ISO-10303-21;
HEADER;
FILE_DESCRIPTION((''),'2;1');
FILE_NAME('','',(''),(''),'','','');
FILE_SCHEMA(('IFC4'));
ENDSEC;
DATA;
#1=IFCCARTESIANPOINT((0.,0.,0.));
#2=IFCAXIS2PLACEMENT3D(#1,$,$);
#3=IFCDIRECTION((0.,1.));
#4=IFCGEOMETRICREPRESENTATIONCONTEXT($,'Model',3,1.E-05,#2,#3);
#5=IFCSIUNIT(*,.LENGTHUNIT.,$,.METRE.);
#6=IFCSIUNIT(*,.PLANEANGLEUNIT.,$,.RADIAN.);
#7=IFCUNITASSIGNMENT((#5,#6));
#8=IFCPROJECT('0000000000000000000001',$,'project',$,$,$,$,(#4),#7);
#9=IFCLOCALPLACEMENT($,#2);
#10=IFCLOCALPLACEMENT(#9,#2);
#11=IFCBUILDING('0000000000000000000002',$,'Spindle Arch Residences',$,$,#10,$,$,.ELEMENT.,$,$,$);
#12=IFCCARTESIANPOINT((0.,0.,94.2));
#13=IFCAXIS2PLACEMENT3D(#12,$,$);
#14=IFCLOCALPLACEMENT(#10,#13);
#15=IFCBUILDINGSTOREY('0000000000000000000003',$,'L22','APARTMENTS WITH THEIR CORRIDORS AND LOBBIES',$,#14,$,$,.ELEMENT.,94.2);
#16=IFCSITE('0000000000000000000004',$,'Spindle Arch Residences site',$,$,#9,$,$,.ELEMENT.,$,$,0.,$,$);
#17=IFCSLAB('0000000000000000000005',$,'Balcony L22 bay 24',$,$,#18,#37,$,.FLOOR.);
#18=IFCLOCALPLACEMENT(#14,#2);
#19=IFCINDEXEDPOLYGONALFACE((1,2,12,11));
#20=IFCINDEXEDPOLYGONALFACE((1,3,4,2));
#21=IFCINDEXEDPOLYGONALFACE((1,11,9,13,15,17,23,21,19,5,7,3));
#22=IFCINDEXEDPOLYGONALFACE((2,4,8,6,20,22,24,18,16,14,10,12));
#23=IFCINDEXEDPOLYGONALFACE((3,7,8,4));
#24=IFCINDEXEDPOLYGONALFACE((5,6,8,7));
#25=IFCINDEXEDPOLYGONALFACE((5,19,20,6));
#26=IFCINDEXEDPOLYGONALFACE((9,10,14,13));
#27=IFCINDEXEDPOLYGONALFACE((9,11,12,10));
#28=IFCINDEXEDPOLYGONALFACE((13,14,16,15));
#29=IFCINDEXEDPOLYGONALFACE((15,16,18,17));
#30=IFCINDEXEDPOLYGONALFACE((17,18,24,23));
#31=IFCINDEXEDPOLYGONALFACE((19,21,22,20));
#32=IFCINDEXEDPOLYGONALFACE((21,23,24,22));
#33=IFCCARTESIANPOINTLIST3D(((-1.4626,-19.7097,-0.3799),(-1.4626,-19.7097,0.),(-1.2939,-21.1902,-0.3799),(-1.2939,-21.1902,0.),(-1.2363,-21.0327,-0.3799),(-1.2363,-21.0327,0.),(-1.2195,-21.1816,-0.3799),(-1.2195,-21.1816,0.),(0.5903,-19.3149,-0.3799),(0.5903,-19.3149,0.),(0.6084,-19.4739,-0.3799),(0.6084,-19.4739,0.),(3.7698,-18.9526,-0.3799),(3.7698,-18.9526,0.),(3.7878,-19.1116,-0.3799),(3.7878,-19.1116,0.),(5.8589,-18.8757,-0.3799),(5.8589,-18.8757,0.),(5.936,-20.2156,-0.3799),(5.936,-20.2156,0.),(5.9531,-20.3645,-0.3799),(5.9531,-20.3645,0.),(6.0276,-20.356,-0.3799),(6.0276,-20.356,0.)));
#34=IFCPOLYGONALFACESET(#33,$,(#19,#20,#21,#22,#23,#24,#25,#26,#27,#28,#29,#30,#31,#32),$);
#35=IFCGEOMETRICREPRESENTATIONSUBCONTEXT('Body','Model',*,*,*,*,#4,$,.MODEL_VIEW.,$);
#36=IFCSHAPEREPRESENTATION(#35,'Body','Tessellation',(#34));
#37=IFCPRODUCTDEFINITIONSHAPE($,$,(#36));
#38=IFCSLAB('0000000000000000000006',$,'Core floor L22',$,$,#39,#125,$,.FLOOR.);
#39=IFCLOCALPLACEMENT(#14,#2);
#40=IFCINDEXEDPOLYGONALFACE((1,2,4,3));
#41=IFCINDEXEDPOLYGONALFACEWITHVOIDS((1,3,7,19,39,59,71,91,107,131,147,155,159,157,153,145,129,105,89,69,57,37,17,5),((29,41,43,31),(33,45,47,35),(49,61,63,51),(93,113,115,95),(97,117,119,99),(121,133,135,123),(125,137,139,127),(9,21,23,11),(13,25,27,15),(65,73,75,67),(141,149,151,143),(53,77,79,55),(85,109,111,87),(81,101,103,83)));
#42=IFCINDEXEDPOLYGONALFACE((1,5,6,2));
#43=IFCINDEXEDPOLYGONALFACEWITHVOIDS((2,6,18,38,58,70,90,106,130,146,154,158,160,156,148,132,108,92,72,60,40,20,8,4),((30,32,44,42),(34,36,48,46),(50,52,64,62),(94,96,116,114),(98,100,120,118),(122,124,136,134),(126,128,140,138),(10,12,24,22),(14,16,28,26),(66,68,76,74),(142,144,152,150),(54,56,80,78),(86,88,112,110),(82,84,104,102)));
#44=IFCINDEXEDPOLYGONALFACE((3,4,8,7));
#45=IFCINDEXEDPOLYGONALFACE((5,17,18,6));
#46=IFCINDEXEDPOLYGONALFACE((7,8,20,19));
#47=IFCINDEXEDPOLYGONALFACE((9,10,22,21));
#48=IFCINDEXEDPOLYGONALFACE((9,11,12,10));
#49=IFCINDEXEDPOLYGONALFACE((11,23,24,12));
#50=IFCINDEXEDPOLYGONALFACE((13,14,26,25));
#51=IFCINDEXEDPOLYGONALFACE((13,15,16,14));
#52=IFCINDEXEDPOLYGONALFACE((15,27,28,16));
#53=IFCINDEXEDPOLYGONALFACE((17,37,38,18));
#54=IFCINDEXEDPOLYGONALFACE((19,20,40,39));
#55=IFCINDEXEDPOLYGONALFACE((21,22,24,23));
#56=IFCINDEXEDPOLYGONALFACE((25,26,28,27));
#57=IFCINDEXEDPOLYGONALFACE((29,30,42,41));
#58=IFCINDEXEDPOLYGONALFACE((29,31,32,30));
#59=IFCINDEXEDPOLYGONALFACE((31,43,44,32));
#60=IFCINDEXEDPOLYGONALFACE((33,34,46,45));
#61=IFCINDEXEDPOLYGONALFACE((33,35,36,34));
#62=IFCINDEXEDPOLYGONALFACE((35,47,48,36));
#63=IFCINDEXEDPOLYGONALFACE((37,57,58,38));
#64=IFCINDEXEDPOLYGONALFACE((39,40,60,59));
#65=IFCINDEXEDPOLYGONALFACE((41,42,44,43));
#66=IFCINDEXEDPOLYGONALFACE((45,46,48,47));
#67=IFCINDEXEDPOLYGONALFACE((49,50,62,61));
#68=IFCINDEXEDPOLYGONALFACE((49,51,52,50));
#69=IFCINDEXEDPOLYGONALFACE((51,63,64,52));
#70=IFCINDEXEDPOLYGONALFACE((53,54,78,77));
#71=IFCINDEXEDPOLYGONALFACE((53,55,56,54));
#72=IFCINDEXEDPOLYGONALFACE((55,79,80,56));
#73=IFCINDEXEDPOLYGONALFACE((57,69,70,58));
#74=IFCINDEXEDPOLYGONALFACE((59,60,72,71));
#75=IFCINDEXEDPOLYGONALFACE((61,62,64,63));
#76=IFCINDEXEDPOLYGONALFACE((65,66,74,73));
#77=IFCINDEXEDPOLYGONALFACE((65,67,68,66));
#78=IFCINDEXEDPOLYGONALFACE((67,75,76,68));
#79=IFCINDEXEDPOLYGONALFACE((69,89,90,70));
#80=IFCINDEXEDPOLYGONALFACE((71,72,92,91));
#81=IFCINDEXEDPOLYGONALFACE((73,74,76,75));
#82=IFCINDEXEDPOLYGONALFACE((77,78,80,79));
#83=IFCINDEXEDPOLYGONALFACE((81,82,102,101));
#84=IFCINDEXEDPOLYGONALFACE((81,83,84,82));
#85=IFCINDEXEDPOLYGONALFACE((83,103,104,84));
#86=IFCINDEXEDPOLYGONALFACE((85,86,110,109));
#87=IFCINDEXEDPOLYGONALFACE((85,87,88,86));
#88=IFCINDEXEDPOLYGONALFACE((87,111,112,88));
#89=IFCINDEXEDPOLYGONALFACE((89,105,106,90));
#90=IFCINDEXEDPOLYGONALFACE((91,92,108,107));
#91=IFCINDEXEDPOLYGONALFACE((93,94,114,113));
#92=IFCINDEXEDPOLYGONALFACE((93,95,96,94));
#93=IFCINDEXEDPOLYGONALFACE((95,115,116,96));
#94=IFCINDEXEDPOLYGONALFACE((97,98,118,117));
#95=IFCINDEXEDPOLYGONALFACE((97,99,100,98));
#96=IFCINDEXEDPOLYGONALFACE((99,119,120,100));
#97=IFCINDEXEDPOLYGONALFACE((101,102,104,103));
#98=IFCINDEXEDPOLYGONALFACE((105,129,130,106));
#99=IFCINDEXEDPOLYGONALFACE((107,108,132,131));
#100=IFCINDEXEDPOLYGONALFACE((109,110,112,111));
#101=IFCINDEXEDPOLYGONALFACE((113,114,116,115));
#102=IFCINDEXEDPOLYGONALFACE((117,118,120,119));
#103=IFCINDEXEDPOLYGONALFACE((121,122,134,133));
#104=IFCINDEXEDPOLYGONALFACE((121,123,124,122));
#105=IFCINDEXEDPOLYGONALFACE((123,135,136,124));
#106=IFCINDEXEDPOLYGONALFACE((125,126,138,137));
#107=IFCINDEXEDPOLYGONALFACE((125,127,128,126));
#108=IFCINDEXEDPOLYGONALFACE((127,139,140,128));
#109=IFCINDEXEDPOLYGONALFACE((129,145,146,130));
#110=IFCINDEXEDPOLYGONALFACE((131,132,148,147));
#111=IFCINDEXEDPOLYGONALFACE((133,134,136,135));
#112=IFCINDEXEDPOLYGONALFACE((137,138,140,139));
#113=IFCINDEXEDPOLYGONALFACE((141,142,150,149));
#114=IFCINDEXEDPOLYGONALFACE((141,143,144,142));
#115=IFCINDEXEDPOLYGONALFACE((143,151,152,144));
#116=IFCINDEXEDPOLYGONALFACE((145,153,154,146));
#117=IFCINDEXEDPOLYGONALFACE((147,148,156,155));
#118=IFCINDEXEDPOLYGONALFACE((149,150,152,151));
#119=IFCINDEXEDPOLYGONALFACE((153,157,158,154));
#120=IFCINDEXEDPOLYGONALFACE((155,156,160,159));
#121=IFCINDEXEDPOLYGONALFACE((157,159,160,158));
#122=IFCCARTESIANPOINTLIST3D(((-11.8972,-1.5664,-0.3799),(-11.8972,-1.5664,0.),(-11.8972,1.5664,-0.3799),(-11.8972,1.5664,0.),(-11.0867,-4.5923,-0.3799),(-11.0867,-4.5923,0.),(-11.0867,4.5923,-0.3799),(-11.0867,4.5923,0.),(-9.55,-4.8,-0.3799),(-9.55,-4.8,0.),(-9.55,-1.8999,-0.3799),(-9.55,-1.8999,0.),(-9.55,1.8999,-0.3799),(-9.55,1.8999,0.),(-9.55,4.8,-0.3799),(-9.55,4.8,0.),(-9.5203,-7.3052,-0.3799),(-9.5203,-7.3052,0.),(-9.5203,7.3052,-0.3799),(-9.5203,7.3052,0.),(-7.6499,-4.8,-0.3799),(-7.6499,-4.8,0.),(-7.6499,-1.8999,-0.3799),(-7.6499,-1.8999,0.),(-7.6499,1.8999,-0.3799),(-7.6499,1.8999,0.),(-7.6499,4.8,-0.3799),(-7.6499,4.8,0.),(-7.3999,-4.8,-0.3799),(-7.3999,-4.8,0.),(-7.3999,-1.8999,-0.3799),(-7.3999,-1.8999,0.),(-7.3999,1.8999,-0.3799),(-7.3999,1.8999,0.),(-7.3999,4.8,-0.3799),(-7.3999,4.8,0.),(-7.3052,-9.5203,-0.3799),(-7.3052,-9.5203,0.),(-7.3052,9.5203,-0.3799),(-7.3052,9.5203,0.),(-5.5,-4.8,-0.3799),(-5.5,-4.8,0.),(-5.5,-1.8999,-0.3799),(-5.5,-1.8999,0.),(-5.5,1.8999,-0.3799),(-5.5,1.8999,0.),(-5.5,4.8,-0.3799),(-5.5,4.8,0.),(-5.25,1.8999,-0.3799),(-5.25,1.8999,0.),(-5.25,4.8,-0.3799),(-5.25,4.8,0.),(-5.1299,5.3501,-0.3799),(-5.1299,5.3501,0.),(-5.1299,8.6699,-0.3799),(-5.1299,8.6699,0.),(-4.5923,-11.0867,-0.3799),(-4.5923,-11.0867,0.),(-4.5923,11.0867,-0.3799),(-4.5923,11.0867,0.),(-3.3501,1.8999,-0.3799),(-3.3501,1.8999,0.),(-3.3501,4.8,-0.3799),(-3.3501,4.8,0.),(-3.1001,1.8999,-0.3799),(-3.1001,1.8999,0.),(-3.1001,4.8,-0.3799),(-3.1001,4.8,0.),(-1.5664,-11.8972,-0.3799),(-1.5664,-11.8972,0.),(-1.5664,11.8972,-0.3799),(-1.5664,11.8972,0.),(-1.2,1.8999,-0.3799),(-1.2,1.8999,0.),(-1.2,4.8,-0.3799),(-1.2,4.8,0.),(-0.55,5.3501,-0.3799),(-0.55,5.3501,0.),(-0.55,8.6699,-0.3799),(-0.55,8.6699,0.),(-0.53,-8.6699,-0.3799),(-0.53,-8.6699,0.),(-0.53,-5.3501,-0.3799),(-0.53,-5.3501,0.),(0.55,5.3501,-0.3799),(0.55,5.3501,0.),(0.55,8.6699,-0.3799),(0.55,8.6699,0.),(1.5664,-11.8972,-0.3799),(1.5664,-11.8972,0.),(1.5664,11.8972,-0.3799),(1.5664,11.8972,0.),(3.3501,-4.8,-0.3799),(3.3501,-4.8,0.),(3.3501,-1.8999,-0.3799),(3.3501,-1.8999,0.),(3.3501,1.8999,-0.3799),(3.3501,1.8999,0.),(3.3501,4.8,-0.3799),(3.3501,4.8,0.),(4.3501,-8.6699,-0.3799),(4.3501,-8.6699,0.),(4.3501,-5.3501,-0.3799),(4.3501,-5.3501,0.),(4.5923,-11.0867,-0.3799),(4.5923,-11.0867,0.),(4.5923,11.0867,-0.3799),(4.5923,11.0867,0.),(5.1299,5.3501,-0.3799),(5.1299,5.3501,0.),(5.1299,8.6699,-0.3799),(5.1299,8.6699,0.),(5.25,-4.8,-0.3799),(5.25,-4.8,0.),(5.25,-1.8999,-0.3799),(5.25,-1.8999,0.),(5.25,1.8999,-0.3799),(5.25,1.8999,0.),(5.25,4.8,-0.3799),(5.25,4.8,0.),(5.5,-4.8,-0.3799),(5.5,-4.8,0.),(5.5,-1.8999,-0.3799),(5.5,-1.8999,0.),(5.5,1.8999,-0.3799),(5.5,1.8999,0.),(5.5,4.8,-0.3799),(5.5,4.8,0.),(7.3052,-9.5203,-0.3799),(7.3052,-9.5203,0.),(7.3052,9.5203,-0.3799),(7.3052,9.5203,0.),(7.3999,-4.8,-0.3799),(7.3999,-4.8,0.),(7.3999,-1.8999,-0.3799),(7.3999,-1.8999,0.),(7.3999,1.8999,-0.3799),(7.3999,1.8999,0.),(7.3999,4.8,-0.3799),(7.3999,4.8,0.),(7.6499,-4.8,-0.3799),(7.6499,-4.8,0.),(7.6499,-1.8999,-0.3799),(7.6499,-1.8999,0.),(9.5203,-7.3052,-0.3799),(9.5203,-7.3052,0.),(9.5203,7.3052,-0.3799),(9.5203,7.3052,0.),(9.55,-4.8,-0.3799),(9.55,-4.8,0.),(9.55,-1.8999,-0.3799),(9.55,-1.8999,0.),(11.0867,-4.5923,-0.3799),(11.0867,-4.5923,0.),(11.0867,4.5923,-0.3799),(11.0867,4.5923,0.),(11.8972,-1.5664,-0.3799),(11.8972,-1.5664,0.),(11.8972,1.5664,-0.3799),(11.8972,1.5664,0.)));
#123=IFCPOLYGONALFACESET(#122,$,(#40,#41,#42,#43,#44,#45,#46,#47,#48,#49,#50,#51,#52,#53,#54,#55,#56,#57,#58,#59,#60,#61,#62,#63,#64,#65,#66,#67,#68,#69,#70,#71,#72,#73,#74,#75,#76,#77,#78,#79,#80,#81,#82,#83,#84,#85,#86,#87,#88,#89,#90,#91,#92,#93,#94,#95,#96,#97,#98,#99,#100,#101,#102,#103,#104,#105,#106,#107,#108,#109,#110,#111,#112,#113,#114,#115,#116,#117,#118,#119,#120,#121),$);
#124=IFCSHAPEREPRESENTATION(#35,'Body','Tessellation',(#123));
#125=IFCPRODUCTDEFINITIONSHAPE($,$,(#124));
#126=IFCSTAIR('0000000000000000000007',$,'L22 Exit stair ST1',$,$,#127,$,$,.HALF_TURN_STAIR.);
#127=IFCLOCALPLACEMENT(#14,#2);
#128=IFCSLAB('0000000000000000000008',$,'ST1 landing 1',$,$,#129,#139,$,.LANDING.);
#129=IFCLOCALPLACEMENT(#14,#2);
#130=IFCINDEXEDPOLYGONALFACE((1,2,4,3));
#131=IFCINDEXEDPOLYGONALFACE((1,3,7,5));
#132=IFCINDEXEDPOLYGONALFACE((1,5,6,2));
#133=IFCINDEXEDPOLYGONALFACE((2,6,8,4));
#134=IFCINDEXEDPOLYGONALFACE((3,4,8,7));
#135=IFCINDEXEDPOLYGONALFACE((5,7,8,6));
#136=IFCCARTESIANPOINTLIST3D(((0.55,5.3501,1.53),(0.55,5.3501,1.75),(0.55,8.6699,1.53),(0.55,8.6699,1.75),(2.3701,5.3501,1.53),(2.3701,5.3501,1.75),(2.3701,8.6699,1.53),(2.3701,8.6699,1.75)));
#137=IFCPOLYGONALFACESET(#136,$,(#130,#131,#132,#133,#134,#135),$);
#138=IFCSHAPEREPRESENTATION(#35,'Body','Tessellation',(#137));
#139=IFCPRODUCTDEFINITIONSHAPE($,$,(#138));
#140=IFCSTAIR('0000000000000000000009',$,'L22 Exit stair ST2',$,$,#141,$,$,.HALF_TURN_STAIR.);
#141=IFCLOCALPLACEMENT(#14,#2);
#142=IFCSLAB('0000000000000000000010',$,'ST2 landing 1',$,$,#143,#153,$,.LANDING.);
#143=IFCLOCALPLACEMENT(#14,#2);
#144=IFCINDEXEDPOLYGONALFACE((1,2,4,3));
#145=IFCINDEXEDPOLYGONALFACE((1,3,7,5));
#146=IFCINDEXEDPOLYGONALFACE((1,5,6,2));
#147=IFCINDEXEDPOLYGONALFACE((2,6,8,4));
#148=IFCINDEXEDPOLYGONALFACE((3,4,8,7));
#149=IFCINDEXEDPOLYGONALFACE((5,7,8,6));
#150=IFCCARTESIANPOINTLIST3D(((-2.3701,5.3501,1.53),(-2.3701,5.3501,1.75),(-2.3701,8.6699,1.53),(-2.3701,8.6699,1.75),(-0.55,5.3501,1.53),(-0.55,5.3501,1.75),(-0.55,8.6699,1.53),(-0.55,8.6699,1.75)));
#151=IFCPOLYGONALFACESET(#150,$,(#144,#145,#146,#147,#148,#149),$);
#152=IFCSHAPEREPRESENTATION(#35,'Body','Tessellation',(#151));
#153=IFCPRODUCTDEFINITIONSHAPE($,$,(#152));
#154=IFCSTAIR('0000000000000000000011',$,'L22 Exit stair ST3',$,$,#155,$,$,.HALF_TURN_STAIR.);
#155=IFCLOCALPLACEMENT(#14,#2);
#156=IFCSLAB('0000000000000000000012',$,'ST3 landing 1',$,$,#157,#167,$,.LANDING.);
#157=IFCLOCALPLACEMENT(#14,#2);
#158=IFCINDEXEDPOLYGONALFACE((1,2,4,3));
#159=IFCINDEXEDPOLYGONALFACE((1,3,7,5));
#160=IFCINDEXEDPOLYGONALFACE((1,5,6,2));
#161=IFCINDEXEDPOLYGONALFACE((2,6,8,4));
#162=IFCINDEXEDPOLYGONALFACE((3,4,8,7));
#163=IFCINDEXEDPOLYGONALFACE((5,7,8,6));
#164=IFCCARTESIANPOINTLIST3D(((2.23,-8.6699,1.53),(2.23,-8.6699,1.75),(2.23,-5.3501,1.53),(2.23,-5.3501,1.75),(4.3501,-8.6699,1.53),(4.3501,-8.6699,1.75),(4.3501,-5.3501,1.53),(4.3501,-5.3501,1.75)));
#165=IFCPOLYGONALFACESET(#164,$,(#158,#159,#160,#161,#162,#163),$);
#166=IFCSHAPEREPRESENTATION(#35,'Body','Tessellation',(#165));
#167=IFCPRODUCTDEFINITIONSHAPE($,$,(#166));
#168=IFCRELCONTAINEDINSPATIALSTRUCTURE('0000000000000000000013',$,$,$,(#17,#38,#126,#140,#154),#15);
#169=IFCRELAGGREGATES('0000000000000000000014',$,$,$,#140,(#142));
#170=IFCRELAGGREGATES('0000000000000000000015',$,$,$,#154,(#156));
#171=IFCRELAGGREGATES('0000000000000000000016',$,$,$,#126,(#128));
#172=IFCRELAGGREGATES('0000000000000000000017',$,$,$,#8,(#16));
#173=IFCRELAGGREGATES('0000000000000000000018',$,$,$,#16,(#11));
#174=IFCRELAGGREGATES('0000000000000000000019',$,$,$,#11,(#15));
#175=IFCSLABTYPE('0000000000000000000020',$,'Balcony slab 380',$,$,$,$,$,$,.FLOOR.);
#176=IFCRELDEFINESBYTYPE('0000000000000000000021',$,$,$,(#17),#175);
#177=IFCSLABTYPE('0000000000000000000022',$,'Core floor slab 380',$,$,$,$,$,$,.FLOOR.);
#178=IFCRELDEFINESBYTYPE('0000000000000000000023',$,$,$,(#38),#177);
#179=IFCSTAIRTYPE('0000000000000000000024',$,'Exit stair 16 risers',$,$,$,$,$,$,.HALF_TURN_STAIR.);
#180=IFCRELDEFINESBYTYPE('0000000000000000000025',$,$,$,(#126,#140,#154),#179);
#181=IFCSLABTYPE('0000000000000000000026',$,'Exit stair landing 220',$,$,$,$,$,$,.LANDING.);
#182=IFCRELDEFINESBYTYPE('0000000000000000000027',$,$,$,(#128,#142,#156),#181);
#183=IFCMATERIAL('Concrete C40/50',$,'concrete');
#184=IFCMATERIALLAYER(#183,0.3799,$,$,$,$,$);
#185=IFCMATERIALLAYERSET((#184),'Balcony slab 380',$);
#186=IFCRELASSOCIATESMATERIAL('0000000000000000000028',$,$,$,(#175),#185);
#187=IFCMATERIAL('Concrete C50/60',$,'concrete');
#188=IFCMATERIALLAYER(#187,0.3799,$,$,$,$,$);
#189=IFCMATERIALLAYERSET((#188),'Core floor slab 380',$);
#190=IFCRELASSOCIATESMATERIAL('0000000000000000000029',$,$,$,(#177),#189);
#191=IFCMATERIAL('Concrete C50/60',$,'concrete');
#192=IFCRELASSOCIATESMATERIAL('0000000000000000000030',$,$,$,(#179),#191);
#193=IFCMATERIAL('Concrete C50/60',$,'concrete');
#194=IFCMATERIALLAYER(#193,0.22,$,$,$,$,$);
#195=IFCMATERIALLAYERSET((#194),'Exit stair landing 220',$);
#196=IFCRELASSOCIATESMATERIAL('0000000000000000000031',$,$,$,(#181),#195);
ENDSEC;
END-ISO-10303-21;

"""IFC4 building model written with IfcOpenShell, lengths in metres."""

from ifc_helpers import new_model, si_unit, direction, frame, origin, place, context, subcontext, project, spatial, polyline, outline, extrude, material, layer, layer_set, type_object, element, aggregate, save


model = new_model("IFC4")

# Units and contexts
model_context = context("Model", 3, precision=1e-05, world=origin(), true_north=direction((0.0, 1.0)))
body_context = subcontext(model_context, "Body", "Model", "MODEL_VIEW")
ifc_project = project(units=[si_unit("LENGTHUNIT", "METRE"), si_unit("PLANEANGLEUNIT", "RADIAN")], contexts=[model_context])

# Site, building, storey
site_placement = place(None, origin())
site = spatial("IfcSite", under=ifc_project, at=site_placement, Name="Spindle Arch Residences site", CompositionType="ELEMENT", RefElevation=0.0)
building_placement = place(site_placement, origin())
building = spatial("IfcBuilding", under=site, at=building_placement, Name="Spindle Arch Residences", CompositionType="ELEMENT")
storey_placement = place(building_placement, frame((0.0, 0.0, 94.2)))
storey = spatial("IfcBuildingStorey", under=building, at=storey_placement, Name="L22", Description="APARTMENTS WITH THEIR CORRIDORS AND LOBBIES", CompositionType="ELEMENT", Elevation=94.2)

# Slabs
ifc_material_1 = material(Name="Concrete C40/50", Category="concrete")
ifc_layer_1 = layer(ifc_material_1, 0.3799)
ifc_layer_set_1 = layer_set([ifc_layer_1], Name="Balcony slab 380")
slab_type_1 = type_object("IfcSlabType", Name="Balcony slab 380", PredefinedType="FLOOR", material=ifc_layer_set_1)
slab_1_placement = place(storey_placement, frame((0.0, 0.0, -0.3799)))
element("IfcSlab", 1, at=slab_1_placement, inside=storey, type_object=slab_type_1, Name="Balcony L22 bay 24", PredefinedType="FLOOR", context=body_context, shape_type="SweptSolid", body=[
    extrude(outline(polyline([(-1.2939, -21.1902), (-1.2195, -21.1816), (-1.2363, -21.0327), (5.936, -20.2156), (5.9531, -20.3645), (6.0276, -20.356), (5.8589, -18.8757), (3.7878, -19.1116), (3.7698, -18.9526), (0.5903, -19.3149), (0.6084, -19.4739), (-1.4626, -19.7097), (-1.2939, -21.1902)])), origin(), (0.0, 0.0, 1.0), 0.3799),
])
ifc_material_2 = material(Name="Concrete C50/60", Category="concrete")
ifc_layer_2 = layer(ifc_material_2, 0.3799)
ifc_layer_set_2 = layer_set([ifc_layer_2], Name="Core floor slab 380")
slab_type_2 = type_object("IfcSlabType", Name="Core floor slab 380", PredefinedType="FLOOR", material=ifc_layer_set_2)
slab_2_placement = place(storey_placement, frame((0.0, 0.0, -0.3799)))
element("IfcSlab", 2, at=slab_2_placement, inside=storey, type_object=slab_type_2, Name="Core floor L22", PredefinedType="FLOOR", context=body_context, shape_type="SweptSolid", body=[
    extrude(outline(polyline([(1.5664, -11.8972), (4.5923, -11.0867), (7.3052, -9.5203), (9.5203, -7.3052), (11.0867, -4.5923), (11.8972, -1.5664), (11.8972, 1.5664), (11.0867, 4.5923), (9.5203, 7.3052), (7.3052, 9.5203), (4.5923, 11.0867), (1.5664, 11.8972), (-1.5664, 11.8972), (-4.5923, 11.0867), (-7.3052, 9.5203), (-9.5203, 7.3052), (-11.0867, 4.5923), (-11.8972, 1.5664), (-11.8972, -1.5664), (-11.0867, -4.5923), (-9.5203, -7.3052), (-7.3052, -9.5203), (-4.5923, -11.0867), (-1.5664, -11.8972), (1.5664, -11.8972)]), holes=[polyline([(-9.55, 1.8999), (-7.6499, 1.8999), (-7.6499, 4.8), (-9.55, 4.8), (-9.55, 1.8999)]), polyline([(-7.3999, 1.8999), (-5.5, 1.8999), (-5.5, 4.8), (-7.3999, 4.8), (-7.3999, 1.8999)]), polyline([(-5.25, 1.8999), (-3.3501, 1.8999), (-3.3501, 4.8), (-5.25, 4.8), (-5.25, 1.8999)]), polyline([(-3.1001, 1.8999), (-1.2, 1.8999), (-1.2, 4.8), (-3.1001, 4.8), (-3.1001, 1.8999)]), polyline([(3.3501, 1.8999), (5.25, 1.8999), (5.25, 4.8), (3.3501, 4.8), (3.3501, 1.8999)]), polyline([(5.5, 1.8999), (7.3999, 1.8999), (7.3999, 4.8), (5.5, 4.8), (5.5, 1.8999)]), polyline([(-9.55, -4.8), (-7.6499, -4.8), (-7.6499, -1.8999), (-9.55, -1.8999), (-9.55, -4.8)]), polyline([(-7.3999, -4.8), (-5.5, -4.8), (-5.5, -1.8999), (-7.3999, -1.8999), (-7.3999, -4.8)]), polyline([(3.3501, -4.8), (5.25, -4.8), (5.25, -1.8999), (3.3501, -1.8999), (3.3501, -4.8)]), polyline([(5.5, -4.8), (7.3999, -4.8), (7.3999, -1.8999), (5.5, -1.8999), (5.5, -4.8)]), polyline([(7.6499, -4.8), (9.55, -4.8), (9.55, -1.8999), (7.6499, -1.8999), (7.6499, -4.8)]), polyline([(5.1299, 8.6699), (0.55, 8.6699), (0.55, 5.3501), (5.1299, 5.3501), (5.1299, 8.6699)]), polyline([(-5.1299, 5.3501), (-0.55, 5.3501), (-0.55, 8.6699), (-5.1299, 8.6699), (-5.1299, 5.3501)]), polyline([(-0.53, -8.6699), (4.3501, -8.6699), (4.3501, -5.3501), (-0.53, -5.3501), (-0.53, -8.6699)])]), origin(), (0.0, 0.0, 1.0), 0.3799),
])

# Stairs, slabs
ifc_material_3 = material(Name="Concrete C50/60", Category="concrete")
stair_type = type_object("IfcStairType", Name="Exit stair 16 risers", PredefinedType="HALF_TURN_STAIR", material=ifc_material_3)
stair_1_placement = place(storey_placement, origin())
stair_1 = element("IfcStair", 3, at=stair_1_placement, inside=storey, type_object=stair_type, Name="L22 Exit stair ST1", PredefinedType="HALF_TURN_STAIR")
ifc_material_4 = material(Name="Concrete C50/60", Category="concrete")
ifc_layer_3 = layer(ifc_material_4, 0.22)
ifc_layer_set_3 = layer_set([ifc_layer_3], Name="Exit stair landing 220")
slab_type_3 = type_object("IfcSlabType", Name="Exit stair landing 220", PredefinedType="LANDING", material=ifc_layer_set_3)
slab_3_placement = place(storey_placement, frame((0.0, 0.0, 1.53)))
slab_3 = element("IfcSlab", 4, at=slab_3_placement, type_object=slab_type_3, Name="ST1 landing 1", PredefinedType="LANDING", context=body_context, shape_type="SweptSolid", body=[
    extrude(outline(polyline([(2.3701, 8.6699), (0.55, 8.6699), (0.55, 5.3501), (2.3701, 5.3501), (2.3701, 8.6699)])), origin(), (0.0, 0.0, 1.0), 0.22),
])
stair_2_placement = place(storey_placement, origin())
stair_2 = element("IfcStair", 5, at=stair_2_placement, inside=storey, type_object=stair_type, Name="L22 Exit stair ST2", PredefinedType="HALF_TURN_STAIR")
slab_4_placement = place(storey_placement, frame((0.0, 0.0, 1.53)))
slab_4 = element("IfcSlab", 6, at=slab_4_placement, type_object=slab_type_3, Name="ST2 landing 1", PredefinedType="LANDING", context=body_context, shape_type="SweptSolid", body=[
    extrude(outline(polyline([(-2.3701, 5.3501), (-0.55, 5.3501), (-0.55, 8.6699), (-2.3701, 8.6699), (-2.3701, 5.3501)])), origin(), (0.0, 0.0, 1.0), 0.22),
])
aggregate(stair_2, [slab_4])
stair_3_placement = place(storey_placement, origin())
stair_3 = element("IfcStair", 7, at=stair_3_placement, inside=storey, type_object=stair_type, Name="L22 Exit stair ST3", PredefinedType="HALF_TURN_STAIR")
slab_5_placement = place(storey_placement, frame((0.0, 0.0, 1.53)))
slab_5 = element("IfcSlab", 8, at=slab_5_placement, type_object=slab_type_3, Name="ST3 landing 1", PredefinedType="LANDING", context=body_context, shape_type="SweptSolid", body=[
    extrude(outline(polyline([(2.23, -8.6699), (4.3501, -8.6699), (4.3501, -5.3501), (2.23, -5.3501), (2.23, -8.6699)])), origin(), (0.0, 0.0, 1.0), 0.22),
])
aggregate(stair_3, [slab_5])

aggregate(stair_1, [slab_3])

save(model, "model.ifc")
